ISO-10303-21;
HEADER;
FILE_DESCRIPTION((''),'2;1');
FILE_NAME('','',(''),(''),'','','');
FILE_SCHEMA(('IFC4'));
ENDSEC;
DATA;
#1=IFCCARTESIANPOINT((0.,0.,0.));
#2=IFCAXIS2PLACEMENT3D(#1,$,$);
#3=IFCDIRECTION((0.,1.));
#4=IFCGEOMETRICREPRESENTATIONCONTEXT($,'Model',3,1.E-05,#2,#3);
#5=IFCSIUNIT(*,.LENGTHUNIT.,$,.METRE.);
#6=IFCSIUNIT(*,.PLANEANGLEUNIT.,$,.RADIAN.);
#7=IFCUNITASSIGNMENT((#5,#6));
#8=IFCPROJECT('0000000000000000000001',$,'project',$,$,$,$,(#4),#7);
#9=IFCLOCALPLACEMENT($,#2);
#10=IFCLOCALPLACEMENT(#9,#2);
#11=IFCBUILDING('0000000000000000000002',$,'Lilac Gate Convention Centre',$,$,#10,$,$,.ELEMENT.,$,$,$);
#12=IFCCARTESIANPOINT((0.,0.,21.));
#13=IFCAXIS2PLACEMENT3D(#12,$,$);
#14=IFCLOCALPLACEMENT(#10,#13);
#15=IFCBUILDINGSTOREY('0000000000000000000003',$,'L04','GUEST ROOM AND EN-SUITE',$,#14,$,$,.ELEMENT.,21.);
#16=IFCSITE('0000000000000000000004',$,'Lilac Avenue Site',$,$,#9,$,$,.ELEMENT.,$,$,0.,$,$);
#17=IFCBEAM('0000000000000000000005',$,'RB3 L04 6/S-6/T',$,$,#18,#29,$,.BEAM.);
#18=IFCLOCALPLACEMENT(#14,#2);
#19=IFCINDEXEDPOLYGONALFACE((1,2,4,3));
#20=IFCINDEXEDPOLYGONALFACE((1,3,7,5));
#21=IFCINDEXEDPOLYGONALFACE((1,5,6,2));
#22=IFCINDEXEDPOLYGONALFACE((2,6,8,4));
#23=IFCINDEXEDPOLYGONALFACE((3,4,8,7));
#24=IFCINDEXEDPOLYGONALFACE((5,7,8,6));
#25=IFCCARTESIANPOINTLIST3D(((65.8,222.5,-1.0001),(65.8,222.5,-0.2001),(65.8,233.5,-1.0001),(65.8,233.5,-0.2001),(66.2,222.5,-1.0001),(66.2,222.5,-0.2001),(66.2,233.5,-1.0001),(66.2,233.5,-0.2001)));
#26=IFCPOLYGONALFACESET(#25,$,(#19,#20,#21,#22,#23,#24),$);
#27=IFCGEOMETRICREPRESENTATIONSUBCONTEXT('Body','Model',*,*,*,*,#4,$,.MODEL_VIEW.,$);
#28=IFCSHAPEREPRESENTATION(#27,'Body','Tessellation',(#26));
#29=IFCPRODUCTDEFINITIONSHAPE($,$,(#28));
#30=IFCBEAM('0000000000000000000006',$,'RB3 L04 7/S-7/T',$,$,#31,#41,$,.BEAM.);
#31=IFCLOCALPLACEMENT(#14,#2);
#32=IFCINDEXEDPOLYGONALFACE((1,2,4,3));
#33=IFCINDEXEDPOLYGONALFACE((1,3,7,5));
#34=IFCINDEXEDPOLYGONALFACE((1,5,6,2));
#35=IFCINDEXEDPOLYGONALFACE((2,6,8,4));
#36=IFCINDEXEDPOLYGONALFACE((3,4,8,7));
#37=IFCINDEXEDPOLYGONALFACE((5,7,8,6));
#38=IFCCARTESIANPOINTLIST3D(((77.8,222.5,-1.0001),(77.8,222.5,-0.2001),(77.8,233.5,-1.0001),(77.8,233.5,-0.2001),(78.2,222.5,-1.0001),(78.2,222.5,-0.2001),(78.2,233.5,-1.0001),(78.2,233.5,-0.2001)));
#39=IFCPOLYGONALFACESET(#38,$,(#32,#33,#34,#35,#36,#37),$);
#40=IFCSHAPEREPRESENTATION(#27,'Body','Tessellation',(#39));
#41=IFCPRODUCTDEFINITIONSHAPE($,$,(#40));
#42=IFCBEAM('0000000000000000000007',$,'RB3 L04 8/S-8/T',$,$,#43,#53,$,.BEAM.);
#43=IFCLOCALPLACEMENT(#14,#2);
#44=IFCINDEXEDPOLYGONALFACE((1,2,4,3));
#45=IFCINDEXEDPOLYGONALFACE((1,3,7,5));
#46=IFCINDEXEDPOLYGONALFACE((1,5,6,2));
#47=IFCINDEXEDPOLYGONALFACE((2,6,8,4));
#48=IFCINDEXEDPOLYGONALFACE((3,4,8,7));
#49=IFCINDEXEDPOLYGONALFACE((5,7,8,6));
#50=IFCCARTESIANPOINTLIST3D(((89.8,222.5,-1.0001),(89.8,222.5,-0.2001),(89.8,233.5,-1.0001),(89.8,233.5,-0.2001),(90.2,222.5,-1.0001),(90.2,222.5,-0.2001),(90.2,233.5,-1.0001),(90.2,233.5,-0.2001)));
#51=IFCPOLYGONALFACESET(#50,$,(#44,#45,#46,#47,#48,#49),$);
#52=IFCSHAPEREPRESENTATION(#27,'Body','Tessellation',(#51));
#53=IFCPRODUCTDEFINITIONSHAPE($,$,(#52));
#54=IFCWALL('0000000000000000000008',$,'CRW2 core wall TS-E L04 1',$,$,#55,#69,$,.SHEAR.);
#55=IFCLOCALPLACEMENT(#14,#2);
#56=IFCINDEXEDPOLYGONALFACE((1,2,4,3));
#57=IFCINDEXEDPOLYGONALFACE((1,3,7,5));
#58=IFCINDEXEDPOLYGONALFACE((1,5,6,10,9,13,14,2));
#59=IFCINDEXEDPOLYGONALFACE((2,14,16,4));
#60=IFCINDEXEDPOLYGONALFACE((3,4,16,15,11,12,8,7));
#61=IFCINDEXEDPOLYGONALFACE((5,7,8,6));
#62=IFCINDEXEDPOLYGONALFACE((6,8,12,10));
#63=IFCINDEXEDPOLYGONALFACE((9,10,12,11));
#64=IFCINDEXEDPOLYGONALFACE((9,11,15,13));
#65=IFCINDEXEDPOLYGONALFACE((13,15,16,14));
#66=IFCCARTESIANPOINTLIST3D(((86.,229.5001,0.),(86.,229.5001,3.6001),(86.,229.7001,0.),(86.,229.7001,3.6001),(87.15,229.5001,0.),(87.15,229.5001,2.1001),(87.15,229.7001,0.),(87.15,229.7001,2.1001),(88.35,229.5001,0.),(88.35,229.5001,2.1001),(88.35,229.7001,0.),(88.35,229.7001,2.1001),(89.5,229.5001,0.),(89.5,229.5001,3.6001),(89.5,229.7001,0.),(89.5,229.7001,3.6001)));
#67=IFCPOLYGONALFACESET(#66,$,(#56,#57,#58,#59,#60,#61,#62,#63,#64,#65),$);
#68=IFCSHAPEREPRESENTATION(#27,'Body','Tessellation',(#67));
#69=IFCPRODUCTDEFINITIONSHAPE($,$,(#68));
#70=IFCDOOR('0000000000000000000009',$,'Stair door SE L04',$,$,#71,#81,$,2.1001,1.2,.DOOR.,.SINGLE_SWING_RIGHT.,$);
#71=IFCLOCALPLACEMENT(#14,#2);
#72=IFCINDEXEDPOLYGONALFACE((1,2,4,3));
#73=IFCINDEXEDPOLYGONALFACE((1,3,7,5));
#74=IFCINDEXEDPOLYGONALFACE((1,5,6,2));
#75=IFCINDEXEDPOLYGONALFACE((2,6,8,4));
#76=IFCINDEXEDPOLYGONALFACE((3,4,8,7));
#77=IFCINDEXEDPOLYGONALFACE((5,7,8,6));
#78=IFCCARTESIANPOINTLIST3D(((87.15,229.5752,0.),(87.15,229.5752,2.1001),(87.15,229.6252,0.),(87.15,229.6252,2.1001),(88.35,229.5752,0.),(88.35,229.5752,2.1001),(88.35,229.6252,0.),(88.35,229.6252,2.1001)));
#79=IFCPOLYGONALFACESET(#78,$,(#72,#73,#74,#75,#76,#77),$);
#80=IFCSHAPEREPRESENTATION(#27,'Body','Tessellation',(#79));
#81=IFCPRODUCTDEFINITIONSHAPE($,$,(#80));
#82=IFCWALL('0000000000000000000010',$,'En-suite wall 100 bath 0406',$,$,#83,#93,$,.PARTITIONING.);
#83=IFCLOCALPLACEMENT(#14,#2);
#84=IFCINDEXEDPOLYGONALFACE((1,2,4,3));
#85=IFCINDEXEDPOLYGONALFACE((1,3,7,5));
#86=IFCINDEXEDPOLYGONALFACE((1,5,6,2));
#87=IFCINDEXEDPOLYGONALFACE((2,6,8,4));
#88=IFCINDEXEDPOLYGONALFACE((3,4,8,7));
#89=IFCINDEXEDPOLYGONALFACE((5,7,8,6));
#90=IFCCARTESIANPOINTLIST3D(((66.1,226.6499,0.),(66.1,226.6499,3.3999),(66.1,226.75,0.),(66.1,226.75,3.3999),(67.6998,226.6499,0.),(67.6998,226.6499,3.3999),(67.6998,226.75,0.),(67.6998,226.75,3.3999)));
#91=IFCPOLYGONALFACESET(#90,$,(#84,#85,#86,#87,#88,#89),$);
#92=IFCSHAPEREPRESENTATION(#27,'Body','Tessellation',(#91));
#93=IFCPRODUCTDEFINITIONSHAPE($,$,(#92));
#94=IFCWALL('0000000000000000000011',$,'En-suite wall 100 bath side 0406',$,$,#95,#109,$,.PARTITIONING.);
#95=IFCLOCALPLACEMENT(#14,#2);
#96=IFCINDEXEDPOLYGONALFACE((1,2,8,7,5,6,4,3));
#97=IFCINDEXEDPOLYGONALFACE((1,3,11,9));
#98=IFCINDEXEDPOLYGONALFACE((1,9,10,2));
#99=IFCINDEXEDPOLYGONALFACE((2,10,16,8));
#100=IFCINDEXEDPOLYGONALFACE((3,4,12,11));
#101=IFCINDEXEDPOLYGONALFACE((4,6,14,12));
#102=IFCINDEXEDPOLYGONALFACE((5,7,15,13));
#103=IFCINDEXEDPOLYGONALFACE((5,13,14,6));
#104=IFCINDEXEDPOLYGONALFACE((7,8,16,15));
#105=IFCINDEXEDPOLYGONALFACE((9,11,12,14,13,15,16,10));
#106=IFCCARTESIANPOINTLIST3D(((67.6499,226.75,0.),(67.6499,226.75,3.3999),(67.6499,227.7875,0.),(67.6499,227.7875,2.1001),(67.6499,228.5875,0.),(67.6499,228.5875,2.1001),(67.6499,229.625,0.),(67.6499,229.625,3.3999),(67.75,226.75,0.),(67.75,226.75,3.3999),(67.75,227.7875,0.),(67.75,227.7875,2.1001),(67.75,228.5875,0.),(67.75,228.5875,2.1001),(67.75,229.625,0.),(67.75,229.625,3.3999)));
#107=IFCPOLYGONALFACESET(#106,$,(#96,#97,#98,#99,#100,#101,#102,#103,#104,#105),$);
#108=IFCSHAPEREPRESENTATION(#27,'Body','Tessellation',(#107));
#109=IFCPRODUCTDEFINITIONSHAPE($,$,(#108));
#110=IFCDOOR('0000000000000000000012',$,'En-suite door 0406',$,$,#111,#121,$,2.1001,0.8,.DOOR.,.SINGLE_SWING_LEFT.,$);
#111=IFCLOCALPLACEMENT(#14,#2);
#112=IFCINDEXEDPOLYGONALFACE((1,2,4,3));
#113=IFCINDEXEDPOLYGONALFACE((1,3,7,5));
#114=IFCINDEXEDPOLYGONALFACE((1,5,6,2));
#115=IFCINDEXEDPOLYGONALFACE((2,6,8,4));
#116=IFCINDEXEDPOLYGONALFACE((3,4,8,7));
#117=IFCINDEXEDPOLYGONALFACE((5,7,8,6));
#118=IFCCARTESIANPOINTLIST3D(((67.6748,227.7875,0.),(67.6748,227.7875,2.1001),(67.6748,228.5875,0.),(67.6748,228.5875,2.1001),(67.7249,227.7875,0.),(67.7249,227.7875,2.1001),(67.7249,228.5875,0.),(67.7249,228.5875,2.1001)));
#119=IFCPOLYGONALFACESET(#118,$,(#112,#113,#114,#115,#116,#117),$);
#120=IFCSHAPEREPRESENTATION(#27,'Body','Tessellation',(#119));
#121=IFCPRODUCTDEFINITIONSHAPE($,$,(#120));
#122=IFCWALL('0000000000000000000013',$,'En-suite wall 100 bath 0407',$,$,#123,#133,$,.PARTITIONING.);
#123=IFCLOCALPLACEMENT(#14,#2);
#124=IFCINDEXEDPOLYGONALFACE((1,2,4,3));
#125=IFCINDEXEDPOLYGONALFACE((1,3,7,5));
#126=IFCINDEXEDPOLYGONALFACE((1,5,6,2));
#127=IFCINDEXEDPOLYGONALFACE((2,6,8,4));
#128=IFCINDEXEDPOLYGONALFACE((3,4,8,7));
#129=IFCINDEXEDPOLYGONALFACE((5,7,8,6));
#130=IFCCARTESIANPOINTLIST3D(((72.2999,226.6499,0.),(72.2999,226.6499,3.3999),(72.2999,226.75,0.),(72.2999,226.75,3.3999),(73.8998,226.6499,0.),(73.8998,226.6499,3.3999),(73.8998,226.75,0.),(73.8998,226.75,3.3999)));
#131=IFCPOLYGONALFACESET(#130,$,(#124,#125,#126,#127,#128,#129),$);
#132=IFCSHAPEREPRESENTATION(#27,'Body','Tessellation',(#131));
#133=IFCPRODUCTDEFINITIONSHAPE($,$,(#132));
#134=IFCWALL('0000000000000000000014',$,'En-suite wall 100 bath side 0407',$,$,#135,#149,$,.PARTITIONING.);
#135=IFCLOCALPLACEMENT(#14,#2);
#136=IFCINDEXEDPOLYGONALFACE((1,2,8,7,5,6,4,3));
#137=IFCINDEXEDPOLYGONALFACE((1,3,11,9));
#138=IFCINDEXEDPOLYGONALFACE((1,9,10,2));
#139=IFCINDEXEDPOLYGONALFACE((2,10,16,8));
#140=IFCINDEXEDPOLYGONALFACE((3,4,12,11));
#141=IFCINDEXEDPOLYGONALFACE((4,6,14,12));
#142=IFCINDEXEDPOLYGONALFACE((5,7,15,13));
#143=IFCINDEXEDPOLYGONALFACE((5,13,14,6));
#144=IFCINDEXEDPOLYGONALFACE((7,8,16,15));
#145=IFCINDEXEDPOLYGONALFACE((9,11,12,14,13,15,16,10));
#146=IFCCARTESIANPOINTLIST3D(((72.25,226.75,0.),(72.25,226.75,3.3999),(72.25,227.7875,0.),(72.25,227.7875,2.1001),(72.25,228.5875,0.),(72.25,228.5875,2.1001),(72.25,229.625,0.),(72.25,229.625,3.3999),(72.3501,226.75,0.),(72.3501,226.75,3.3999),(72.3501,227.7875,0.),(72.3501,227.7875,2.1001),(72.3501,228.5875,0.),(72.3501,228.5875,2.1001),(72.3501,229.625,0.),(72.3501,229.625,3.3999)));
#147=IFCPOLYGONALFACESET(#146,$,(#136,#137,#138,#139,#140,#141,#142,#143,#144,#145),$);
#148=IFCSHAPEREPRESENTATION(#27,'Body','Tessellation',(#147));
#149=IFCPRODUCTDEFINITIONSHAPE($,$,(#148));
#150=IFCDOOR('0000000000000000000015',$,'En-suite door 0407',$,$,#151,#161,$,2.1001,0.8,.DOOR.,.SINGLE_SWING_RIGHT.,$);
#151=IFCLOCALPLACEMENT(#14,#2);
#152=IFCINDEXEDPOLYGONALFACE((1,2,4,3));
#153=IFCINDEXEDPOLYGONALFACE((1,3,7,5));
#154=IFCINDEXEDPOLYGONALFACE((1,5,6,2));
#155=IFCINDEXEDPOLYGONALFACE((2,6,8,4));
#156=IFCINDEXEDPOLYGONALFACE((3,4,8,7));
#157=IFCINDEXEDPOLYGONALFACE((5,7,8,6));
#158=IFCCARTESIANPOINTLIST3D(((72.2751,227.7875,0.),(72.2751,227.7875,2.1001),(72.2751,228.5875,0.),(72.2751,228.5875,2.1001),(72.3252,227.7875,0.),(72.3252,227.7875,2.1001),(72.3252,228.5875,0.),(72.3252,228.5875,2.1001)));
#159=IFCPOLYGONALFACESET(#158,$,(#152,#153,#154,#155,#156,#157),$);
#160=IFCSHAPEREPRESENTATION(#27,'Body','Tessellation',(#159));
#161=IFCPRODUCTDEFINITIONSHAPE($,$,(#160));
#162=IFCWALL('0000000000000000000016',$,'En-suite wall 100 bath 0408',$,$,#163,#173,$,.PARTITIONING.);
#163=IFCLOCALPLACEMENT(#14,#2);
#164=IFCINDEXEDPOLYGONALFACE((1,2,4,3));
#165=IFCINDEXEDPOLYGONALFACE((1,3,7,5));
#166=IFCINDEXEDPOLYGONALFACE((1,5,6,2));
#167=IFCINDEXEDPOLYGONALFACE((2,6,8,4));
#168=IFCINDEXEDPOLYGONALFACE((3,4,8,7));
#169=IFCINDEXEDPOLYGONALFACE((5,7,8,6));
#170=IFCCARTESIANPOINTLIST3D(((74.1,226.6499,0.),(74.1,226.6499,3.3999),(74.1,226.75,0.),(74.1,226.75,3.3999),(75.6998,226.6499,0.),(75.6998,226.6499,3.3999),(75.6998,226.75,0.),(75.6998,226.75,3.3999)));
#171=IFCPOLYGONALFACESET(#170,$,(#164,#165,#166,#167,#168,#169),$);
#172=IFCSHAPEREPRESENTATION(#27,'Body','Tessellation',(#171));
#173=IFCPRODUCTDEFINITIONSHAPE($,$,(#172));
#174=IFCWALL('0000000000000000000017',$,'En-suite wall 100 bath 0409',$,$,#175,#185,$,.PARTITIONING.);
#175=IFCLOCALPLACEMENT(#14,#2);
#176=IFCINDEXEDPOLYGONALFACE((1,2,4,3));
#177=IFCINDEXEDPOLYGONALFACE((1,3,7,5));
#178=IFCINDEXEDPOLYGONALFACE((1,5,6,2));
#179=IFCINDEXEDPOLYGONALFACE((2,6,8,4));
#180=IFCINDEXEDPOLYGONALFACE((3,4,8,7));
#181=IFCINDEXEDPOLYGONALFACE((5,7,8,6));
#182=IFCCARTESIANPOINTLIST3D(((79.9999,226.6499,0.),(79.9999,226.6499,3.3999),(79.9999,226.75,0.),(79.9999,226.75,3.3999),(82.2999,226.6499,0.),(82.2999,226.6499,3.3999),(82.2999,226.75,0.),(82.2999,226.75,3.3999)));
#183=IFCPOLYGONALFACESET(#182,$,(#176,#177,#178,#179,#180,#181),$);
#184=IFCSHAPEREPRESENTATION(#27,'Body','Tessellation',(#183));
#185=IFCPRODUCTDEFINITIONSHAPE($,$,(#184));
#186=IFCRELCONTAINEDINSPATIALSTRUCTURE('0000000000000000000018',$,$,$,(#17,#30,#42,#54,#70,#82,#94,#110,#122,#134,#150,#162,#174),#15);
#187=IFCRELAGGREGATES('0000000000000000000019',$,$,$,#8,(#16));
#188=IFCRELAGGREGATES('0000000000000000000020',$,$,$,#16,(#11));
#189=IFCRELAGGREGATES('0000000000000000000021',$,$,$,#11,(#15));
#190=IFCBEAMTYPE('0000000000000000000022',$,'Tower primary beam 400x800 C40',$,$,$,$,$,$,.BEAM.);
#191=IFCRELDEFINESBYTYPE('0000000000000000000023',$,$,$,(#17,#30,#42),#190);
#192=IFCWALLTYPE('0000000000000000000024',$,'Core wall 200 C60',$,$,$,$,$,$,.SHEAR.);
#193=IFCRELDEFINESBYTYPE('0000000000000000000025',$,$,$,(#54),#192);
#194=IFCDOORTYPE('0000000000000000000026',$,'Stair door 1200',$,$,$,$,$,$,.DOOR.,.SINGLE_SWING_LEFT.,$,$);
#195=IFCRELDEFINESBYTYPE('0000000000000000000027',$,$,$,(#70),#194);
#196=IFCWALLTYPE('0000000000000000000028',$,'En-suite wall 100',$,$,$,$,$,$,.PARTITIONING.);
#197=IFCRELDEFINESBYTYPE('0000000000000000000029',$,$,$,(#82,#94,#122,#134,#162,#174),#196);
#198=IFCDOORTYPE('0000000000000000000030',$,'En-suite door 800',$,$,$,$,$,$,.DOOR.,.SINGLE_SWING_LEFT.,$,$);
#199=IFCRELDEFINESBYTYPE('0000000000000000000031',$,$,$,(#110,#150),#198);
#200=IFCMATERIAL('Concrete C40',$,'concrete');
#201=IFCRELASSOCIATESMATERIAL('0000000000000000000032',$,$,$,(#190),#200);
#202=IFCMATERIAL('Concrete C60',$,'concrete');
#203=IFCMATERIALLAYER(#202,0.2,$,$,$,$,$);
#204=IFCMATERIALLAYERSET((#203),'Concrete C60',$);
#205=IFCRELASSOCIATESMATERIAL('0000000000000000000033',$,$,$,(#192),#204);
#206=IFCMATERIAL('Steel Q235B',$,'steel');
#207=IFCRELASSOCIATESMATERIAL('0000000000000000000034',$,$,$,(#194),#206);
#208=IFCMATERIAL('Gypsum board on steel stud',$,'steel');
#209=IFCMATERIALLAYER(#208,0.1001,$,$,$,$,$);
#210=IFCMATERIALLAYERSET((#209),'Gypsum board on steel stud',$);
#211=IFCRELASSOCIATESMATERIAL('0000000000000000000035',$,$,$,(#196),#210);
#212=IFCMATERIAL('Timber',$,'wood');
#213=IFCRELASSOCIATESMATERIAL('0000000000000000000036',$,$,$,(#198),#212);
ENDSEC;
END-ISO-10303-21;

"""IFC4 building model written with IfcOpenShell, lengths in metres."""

from ifc_helpers import new_model, si_unit, direction, frame, frame_2d, origin, origin_2d, place, context, subcontext, project, spatial, rectangle, extrude, material, layer, layer_set, material_profile, profile_set, type_object, element, fill, save


model = new_model("IFC4")

# Units and contexts
model_context = context("Model", 3, precision=1e-05, world=origin(), true_north=direction((0.0, 1.0)))
body_context = subcontext(model_context, "Body", "Model", "MODEL_VIEW")
ifc_project = project(units=[si_unit("LENGTHUNIT", "METRE"), si_unit("PLANEANGLEUNIT", "RADIAN")], contexts=[model_context])

# Site, building, storey
site_placement = place(None, origin())
site = spatial("IfcSite", under=ifc_project, at=site_placement, Name="Lilac Avenue Site", CompositionType="ELEMENT", RefElevation=0.0)
building_placement = place(site_placement, origin())
building = spatial("IfcBuilding", under=site, at=building_placement, Name="Lilac Gate Convention Centre", CompositionType="ELEMENT")
storey_placement = place(building_placement, frame((0.0, 0.0, 21.0)))
storey = spatial("IfcBuildingStorey", under=building, at=storey_placement, Name="L04", Description="GUEST ROOM AND EN-SUITE", CompositionType="ELEMENT", Elevation=21.0)

# Beams
ifc_material_1 = material(Name="Concrete C40", Category="concrete")
ifc_material_profile = material_profile(ifc_material_1, rectangle(XDim=0.3999, YDim=0.8, at=origin_2d()), Name="RC 400x800")
ifc_profile_set = profile_set([ifc_material_profile], Name="Concrete C40")
beam_type = type_object("IfcBeamType", Name="Tower primary beam 400x800 C40", PredefinedType="BEAM", material=ifc_profile_set)
for number, where, z_axis, x_axis, name in (
    (1, (66.0, 222.5, -0.6001), (0.0, 1.0, 0.0), (-1.0, 0.0, 0.0), "RB3 L04 6/S-6/T"),
    (2, (78.0, 222.5, -0.6001), (0.0, 1.0, 0.0), (-1.0, 0.0, 0.0), "RB3 L04 7/S-7/T"),
    (3, (90.0, 222.5, -0.6001), (0.0, 1.0, 0.0), (-1.0, 0.0, 0.0), "RB3 L04 8/S-8/T"),
):
    element("IfcBeam", number, at=place(storey_placement, frame(where, z_axis=z_axis, x_axis=x_axis)), inside=storey, type_object=beam_type, Name=name, PredefinedType="BEAM", context=body_context, shape_type="SweptSolid", body=[
        extrude(rectangle(XDim=0.3999, YDim=0.8, at=origin_2d()), origin(), (0.0, 0.0, 1.0), 11.0),
    ])

# Wall, opening, door
ifc_material_2 = material(Name="Concrete C60", Category="concrete")
ifc_layer_1 = layer(ifc_material_2, 0.2)
ifc_layer_set_1 = layer_set([ifc_layer_1], Name="Concrete C60")
wall_type_1 = type_object("IfcWallType", Name="Core wall 200 C60", PredefinedType="SHEAR", material=ifc_layer_set_1)
wall_1_placement = place(storey_placement, frame((89.5, 229.6001, 0.0), z_axis=(0.0, 0.0, 1.0), x_axis=(-1.0, 0.0, 0.0)))
wall_1 = element("IfcWall", 4, at=wall_1_placement, inside=storey, type_object=wall_type_1, Name="CRW2 core wall TS-E L04 1", PredefinedType="SHEAR", context=body_context, shape_type="SweptSolid", body=[
    extrude(rectangle(XDim=3.5, YDim=0.2, at=frame_2d((1.75, 0.0))), origin(), (0.0, 0.0, 1.0), 3.6001),
])
opening_1_placement = place(wall_1_placement, frame((1.1499, 0.0, 0.0)))
opening_1 = element("IfcOpeningElement", 5, at=opening_1_placement, cuts=wall_1, PredefinedType="OPENING", context=body_context, shape_type="SweptSolid", body=[
    extrude(rectangle(XDim=1.2, YDim=2.1001, at=frame_2d((0.6001, 1.05))), frame((0.0, 0.1099, 0.0), z_axis=(0.0, -1.0, 0.0), x_axis=(1.0, 0.0, 0.0)), (0.0, 0.0, 1.0), 0.22),
])
ifc_material_3 = material(Name="Steel Q235B", Category="steel")
door_type_1 = type_object("IfcDoorType", Name="Stair door 1200", OperationType="SINGLE_SWING_LEFT", PredefinedType="DOOR", material=ifc_material_3)
door_1_placement = place(opening_1_placement, origin())
door_1 = element("IfcDoor", 6, at=door_1_placement, inside=storey, type_object=door_type_1, Name="Stair door SE L04", OperationType="SINGLE_SWING_RIGHT", OverallHeight=2.1001, OverallWidth=1.2, PredefinedType="DOOR", context=body_context, shape_type="SweptSolid", body=[
    extrude(rectangle(XDim=1.2, YDim=2.1001, at=frame_2d((0.6001, 1.05))), frame((0.0, 0.0249, 0.0), z_axis=(0.0, -1.0, 0.0), x_axis=(1.0, 0.0, 0.0)), (0.0, 0.0, 1.0), 0.05),
])
fill(opening_1, door_1)

# Wall
ifc_material_4 = material(Name="Gypsum board on steel stud", Category="steel")
ifc_layer_2 = layer(ifc_material_4, 0.1001)
ifc_layer_set_2 = layer_set([ifc_layer_2], Name="Gypsum board on steel stud")
wall_type_2 = type_object("IfcWallType", Name="En-suite wall 100", PredefinedType="PARTITIONING", material=ifc_layer_set_2)
wall_2_placement = place(storey_placement, frame((66.1001, 226.7, 0.0), z_axis=(0.0, 0.0, 1.0), x_axis=(1.0, 0.0, 0.0)))
element("IfcWall", 7, at=wall_2_placement, inside=storey, type_object=wall_type_2, Name="En-suite wall 100 bath 0406", PredefinedType="PARTITIONING", context=body_context, shape_type="SweptSolid", body=[
    extrude(rectangle(XDim=1.5999, YDim=0.1001, at=frame_2d((0.7998, 0.0))), origin(), (0.0, 0.0, 1.0), 3.3999),
])

# Wall, opening, door
wall_3_placement = place(storey_placement, frame((67.7, 229.625, 0.0), z_axis=(0.0, 0.0, 1.0), x_axis=(0.0, -1.0, 0.0)))
wall_3 = element("IfcWall", 8, at=wall_3_placement, inside=storey, type_object=wall_type_2, Name="En-suite wall 100 bath side 0406", PredefinedType="PARTITIONING", context=body_context, shape_type="SweptSolid", body=[
    extrude(rectangle(XDim=2.875, YDim=0.1001, at=frame_2d((1.4375, 0.0))), origin(), (0.0, 0.0, 1.0), 3.3999),
])
opening_2_placement = place(wall_3_placement, frame((1.0376, 0.0, 0.0)))
opening_2 = element("IfcOpeningElement", 9, at=opening_2_placement, cuts=wall_3, PredefinedType="OPENING", context=body_context, shape_type="SweptSolid", body=[
    extrude(rectangle(XDim=0.8, YDim=2.1001, at=frame_2d((0.3999, 1.05))), frame((0.0, 0.0601, 0.0), z_axis=(0.0, -1.0, 0.0), x_axis=(1.0, 0.0, 0.0)), (0.0, 0.0, 1.0), 0.1201),
])
ifc_material_5 = material(Name="Timber", Category="wood")
door_type_2 = type_object("IfcDoorType", Name="En-suite door 800", OperationType="SINGLE_SWING_LEFT", PredefinedType="DOOR", material=ifc_material_5)
door_2_placement = place(opening_2_placement, origin())
door_2 = element("IfcDoor", 10, at=door_2_placement, inside=storey, type_object=door_type_2, Name="En-suite door 0406", OperationType="SINGLE_SWING_LEFT", OverallHeight=2.1001, OverallWidth=0.8, PredefinedType="DOOR", context=body_context, shape_type="SweptSolid", body=[
    extrude(rectangle(XDim=0.8, YDim=2.1001, at=frame_2d((0.3999, 1.05))), frame((0.0, 0.0249, 0.0), z_axis=(0.0, -1.0, 0.0), x_axis=(1.0, 0.0, 0.0)), (0.0, 0.0, 1.0), 0.05),
])
fill(opening_2, door_2)

# Wall
wall_4_placement = place(storey_placement, frame((72.3, 226.7, 0.0), z_axis=(0.0, 0.0, 1.0), x_axis=(1.0, 0.0, 0.0)))
element("IfcWall", 11, at=wall_4_placement, inside=storey, type_object=wall_type_2, Name="En-suite wall 100 bath 0407", PredefinedType="PARTITIONING", context=body_context, shape_type="SweptSolid", body=[
    extrude(rectangle(XDim=1.5999, YDim=0.1001, at=frame_2d((0.7998, 0.0))), origin(), (0.0, 0.0, 1.0), 3.3999),
])

# Wall, opening, door
wall_5_placement = place(storey_placement, frame((72.3, 226.75, 0.0), z_axis=(0.0, 0.0, 1.0), x_axis=(0.0, 1.0, 0.0)))
wall_5 = element("IfcWall", 12, at=wall_5_placement, inside=storey, type_object=wall_type_2, Name="En-suite wall 100 bath side 0407", PredefinedType="PARTITIONING", context=body_context, shape_type="SweptSolid", body=[
    extrude(rectangle(XDim=2.875, YDim=0.1001, at=frame_2d((1.4375, 0.0))), origin(), (0.0, 0.0, 1.0), 3.3999),
])
opening_3_placement = place(wall_5_placement, frame((1.0376, 0.0, 0.0)))
opening_3 = element("IfcOpeningElement", 13, at=opening_3_placement, cuts=wall_5, PredefinedType="OPENING", context=body_context, shape_type="SweptSolid", body=[
    extrude(rectangle(XDim=0.8, YDim=2.1001, at=frame_2d((0.3999, 1.05))), frame((0.0, 0.0601, 0.0), z_axis=(0.0, -1.0, 0.0), x_axis=(1.0, 0.0, 0.0)), (0.0, 0.0, 1.0), 0.1201),
])
door_3_placement = place(opening_3_placement, origin())
door_3 = element("IfcDoor", 14, at=door_3_placement, inside=storey, type_object=door_type_2, Name="En-suite door 0407", OperationType="SINGLE_SWING_RIGHT", OverallHeight=2.1001, OverallWidth=0.8, PredefinedType="DOOR", context=body_context, shape_type="SweptSolid", body=[
    extrude(rectangle(XDim=0.8, YDim=2.1001, at=frame_2d((0.3999, 1.05))), frame((0.0, 0.0249, 0.0), z_axis=(0.0, -1.0, 0.0), x_axis=(1.0, 0.0, 0.0)), (0.0, 0.0, 1.0), 0.05),
])
fill(opening_3, door_3)

# Walls
wall_6_placement = place(storey_placement, frame((74.1001, 226.7, 0.0), z_axis=(0.0, 0.0, 1.0), x_axis=(1.0, 0.0, 0.0)))
element("IfcWall", 15, at=wall_6_placement, inside=storey, type_object=wall_type_2, Name="En-suite wall 100 bath 0408", PredefinedType="PARTITIONING", context=body_context, shape_type="SweptSolid", body=[
    extrude(rectangle(XDim=1.5999, YDim=0.1001, at=frame_2d((0.7998, 0.0))), origin(), (0.0, 0.0, 1.0), 3.3999),
])
wall_7_placement = place(storey_placement, frame((80.0, 226.7, 0.0), z_axis=(0.0, 0.0, 1.0), x_axis=(1.0, 0.0, 0.0)))
element("IfcWall", 16, at=wall_7_placement, inside=storey, type_object=wall_type_2, Name="En-suite wall 100 bath 0409", PredefinedType="PARTITIONING", context=body_context, shape_type="SweptSolid", body=[
    extrude(rectangle(XDim=2.3, YDim=0.1001, at=frame_2d((1.1499, 0.0))), origin(), (0.0, 0.0, 1.0), 3.3999),
])

save(model, "model.ifc")
